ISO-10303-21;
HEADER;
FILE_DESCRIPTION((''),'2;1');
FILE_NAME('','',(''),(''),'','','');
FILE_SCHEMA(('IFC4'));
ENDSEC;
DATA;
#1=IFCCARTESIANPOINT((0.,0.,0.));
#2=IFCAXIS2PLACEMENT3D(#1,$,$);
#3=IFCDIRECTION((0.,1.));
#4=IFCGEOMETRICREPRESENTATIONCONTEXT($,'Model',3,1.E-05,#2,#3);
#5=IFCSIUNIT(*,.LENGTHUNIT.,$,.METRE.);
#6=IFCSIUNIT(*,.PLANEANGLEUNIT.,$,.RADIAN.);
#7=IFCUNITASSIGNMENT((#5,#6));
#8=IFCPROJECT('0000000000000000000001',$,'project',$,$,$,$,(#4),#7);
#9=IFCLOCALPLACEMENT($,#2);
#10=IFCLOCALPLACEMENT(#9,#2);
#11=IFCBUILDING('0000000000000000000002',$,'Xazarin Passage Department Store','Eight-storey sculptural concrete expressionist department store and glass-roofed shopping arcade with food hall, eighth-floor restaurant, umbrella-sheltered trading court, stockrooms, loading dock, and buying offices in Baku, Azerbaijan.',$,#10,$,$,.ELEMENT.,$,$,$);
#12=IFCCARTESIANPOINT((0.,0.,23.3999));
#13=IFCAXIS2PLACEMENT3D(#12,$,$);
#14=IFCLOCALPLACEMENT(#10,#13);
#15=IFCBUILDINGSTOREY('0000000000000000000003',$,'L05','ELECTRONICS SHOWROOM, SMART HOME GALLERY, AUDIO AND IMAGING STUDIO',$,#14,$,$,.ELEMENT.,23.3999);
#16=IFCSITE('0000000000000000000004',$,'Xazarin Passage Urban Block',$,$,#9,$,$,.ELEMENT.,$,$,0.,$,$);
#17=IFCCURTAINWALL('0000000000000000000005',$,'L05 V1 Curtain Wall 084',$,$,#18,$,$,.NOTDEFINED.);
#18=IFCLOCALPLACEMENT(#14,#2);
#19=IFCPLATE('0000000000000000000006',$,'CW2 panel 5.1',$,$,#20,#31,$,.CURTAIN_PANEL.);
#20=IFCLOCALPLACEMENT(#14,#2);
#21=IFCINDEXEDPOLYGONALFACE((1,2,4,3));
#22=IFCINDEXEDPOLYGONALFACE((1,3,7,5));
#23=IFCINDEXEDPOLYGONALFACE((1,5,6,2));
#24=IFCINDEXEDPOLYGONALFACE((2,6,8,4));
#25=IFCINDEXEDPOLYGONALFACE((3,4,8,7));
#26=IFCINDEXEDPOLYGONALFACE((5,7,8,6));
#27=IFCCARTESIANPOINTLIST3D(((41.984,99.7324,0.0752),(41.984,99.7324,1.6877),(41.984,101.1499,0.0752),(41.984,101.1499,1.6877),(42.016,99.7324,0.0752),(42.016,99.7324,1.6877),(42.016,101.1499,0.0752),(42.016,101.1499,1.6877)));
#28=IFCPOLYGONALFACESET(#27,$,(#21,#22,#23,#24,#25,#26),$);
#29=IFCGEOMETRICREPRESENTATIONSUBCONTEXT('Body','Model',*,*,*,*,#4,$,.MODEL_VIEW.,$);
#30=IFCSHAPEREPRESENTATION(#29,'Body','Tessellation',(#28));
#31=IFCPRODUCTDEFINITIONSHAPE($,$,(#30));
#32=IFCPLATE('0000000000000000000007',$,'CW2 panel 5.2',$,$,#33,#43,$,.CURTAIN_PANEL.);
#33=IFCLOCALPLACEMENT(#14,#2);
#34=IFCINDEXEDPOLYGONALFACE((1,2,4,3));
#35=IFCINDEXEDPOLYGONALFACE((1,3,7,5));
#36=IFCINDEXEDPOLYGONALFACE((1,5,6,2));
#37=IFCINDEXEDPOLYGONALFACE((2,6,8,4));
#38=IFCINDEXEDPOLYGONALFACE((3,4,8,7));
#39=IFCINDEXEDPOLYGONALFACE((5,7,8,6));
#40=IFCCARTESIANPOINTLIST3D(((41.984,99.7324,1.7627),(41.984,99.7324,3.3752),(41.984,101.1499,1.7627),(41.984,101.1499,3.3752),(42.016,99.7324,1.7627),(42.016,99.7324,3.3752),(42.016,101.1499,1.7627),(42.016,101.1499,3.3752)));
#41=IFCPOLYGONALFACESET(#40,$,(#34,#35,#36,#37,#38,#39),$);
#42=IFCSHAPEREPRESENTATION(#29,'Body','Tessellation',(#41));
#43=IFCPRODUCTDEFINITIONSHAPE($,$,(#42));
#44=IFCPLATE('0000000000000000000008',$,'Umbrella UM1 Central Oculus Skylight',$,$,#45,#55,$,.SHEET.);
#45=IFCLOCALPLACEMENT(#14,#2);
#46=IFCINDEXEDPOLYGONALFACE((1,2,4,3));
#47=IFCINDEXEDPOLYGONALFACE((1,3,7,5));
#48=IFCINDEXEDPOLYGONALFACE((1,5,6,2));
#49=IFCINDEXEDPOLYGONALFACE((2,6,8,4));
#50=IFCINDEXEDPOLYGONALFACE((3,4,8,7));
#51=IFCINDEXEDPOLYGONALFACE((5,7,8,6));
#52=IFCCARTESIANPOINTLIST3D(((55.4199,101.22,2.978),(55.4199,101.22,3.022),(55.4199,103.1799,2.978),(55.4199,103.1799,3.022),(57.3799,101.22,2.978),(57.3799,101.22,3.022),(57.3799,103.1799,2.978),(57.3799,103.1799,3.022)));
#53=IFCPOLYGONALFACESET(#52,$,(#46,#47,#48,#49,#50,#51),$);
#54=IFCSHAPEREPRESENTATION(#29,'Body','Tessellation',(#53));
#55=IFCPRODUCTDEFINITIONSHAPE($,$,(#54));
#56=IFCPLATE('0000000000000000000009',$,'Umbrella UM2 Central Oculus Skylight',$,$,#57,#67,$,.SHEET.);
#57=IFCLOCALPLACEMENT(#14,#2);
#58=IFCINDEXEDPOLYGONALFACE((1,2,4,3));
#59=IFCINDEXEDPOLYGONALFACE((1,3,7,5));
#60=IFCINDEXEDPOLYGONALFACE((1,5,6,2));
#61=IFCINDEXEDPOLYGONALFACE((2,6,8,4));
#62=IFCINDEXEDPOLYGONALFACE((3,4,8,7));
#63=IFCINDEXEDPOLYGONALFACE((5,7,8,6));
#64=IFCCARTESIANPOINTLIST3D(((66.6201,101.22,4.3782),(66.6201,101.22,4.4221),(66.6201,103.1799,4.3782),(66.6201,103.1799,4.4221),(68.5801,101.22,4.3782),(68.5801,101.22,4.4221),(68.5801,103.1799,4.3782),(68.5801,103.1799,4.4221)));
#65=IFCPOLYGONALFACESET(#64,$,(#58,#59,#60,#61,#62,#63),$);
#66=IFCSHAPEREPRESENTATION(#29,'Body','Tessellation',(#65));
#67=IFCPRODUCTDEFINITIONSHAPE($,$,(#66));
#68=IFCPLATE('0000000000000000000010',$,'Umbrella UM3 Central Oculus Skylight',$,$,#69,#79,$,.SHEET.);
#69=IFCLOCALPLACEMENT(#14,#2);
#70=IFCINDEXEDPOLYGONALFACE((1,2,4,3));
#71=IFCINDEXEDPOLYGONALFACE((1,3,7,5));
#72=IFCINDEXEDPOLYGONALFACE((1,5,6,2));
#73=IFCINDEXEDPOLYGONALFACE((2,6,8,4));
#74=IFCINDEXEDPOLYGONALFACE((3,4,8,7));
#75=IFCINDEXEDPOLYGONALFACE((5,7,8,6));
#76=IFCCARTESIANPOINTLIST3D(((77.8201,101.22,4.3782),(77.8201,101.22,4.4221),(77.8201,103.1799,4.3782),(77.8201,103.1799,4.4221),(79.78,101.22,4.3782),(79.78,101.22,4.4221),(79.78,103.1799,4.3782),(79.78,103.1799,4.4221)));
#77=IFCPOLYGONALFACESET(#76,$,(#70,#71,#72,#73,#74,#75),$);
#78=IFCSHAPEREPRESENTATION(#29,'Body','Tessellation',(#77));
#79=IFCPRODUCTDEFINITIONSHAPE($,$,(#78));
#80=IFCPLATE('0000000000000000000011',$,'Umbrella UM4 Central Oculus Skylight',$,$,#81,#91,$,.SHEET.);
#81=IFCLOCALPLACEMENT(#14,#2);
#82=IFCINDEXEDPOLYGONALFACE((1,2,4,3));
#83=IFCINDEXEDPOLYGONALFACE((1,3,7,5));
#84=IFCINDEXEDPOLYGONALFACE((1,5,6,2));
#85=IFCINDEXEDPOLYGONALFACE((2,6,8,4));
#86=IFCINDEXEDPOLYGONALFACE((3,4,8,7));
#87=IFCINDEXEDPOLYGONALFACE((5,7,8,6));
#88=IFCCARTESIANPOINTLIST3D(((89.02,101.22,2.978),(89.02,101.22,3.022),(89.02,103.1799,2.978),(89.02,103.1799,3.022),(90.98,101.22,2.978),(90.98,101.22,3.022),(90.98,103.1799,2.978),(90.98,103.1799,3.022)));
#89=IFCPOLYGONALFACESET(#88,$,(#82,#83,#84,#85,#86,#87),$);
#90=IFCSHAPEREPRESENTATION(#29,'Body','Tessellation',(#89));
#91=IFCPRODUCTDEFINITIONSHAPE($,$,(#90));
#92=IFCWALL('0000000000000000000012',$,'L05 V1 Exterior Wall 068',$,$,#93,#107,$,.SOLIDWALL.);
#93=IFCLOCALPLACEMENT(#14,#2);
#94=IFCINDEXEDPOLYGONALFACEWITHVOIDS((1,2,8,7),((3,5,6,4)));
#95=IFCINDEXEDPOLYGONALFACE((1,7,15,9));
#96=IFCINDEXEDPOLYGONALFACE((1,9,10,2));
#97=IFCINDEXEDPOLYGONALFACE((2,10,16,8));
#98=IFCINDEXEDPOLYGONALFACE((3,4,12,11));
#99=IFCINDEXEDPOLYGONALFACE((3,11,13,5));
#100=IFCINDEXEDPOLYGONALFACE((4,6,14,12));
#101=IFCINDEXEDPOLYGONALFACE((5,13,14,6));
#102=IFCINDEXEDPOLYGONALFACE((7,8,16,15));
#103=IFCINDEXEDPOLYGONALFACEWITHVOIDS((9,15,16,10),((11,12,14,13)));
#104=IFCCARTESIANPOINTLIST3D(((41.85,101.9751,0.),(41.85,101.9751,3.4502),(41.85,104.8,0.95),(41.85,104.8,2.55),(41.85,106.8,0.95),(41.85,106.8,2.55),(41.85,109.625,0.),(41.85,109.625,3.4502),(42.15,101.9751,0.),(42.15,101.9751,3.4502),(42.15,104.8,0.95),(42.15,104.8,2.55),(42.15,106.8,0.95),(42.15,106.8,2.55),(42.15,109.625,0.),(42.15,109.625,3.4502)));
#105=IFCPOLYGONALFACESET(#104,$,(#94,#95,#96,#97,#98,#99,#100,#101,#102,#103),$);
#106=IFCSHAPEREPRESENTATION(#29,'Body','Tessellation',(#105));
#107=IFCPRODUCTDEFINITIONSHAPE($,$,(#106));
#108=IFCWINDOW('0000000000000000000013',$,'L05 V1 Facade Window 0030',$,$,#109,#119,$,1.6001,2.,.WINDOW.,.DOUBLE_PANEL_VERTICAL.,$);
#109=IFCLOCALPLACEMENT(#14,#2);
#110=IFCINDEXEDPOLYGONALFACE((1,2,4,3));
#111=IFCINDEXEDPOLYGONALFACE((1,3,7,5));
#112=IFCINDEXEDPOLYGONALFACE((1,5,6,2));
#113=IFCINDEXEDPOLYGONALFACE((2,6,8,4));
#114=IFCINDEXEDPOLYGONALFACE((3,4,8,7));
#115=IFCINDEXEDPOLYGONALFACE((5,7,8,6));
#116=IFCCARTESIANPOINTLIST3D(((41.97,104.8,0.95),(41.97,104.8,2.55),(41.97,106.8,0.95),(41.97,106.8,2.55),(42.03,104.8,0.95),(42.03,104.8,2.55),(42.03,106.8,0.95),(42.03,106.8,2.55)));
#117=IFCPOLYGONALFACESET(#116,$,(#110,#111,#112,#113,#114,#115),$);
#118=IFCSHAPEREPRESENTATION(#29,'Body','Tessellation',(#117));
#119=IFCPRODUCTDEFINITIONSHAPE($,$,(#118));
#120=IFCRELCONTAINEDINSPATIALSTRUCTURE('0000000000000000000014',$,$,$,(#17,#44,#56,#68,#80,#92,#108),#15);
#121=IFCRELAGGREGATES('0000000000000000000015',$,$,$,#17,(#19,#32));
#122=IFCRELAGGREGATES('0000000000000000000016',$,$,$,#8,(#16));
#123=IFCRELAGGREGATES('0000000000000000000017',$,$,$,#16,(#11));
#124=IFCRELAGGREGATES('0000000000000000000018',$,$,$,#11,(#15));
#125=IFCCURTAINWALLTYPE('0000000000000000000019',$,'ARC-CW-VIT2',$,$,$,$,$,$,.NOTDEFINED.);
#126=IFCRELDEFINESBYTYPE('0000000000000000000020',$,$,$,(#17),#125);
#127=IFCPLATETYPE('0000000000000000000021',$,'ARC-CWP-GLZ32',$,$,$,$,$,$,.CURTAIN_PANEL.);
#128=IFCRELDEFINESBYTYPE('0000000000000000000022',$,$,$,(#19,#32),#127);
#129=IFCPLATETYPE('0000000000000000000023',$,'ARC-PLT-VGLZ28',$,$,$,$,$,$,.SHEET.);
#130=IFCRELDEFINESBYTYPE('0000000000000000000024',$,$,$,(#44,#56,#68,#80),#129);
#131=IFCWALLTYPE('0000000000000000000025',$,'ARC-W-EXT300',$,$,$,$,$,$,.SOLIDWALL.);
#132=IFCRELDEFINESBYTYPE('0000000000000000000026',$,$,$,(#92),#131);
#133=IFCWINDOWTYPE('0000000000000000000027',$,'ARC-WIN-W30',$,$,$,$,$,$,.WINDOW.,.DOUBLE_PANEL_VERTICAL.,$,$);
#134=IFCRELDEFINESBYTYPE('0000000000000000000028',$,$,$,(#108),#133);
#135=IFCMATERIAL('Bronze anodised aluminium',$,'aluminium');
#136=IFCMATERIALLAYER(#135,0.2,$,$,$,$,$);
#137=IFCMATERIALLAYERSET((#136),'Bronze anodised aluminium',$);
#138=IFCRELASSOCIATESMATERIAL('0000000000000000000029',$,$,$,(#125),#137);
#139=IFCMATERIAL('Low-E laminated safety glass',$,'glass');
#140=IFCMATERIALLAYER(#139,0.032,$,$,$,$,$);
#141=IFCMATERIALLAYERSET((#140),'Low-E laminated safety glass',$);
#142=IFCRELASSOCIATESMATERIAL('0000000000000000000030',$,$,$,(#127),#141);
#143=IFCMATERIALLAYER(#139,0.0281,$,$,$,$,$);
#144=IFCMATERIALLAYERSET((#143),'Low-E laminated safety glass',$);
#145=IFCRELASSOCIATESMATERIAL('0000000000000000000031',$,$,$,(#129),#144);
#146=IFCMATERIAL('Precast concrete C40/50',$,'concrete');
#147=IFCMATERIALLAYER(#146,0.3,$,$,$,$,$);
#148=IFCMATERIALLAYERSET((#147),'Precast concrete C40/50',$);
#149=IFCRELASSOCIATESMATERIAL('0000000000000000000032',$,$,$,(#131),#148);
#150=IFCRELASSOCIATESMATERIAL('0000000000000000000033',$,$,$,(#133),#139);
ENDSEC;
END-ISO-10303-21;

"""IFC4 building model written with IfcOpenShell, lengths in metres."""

from ifc_helpers import new_model, si_unit, direction, frame, frame_2d, origin, origin_2d, place, context, subcontext, project, spatial, rectangle, extrude, material, layer, layer_set, type_object, element, fill, aggregate, save


model = new_model("IFC4")

# Units and contexts
model_context = context("Model", 3, precision=1e-05, world=origin(), true_north=direction((0.0, 1.0)))
body_context = subcontext(model_context, "Body", "Model", "MODEL_VIEW")
ifc_project = project(units=[si_unit("LENGTHUNIT", "METRE"), si_unit("PLANEANGLEUNIT", "RADIAN")], contexts=[model_context])

# Site, building, storey
site_placement = place(None, origin())
site = spatial("IfcSite", under=ifc_project, at=site_placement, Name="Xazarin Passage Urban Block", CompositionType="ELEMENT", RefElevation=0.0)
building_placement = place(site_placement, origin())
building = spatial("IfcBuilding", under=site, at=building_placement, Name="Xazarin Passage Department Store", Description="Eight-storey sculptural concrete expressionist department store and glass-roofed shopping arcade with food hall, eighth-floor restaurant, umbrella-sheltered trading court, stockrooms, loading dock, and buying offices in Baku, Azerbaijan.", CompositionType="ELEMENT")
storey_placement = place(building_placement, frame((0.0, 0.0, 23.3999)))
storey = spatial("IfcBuildingStorey", under=building, at=storey_placement, Name="L05", Description="ELECTRONICS SHOWROOM, SMART HOME GALLERY, AUDIO AND IMAGING STUDIO", CompositionType="ELEMENT", Elevation=23.3999)

# Curtain wall
ifc_material_1 = material(Name="Bronze anodised aluminium", Category="aluminium")
ifc_layer_1 = layer(ifc_material_1, 0.2)
ifc_layer_set_1 = layer_set([ifc_layer_1], Name="Bronze anodised aluminium")
curtain_wall_type = type_object("IfcCurtainWallType", Name="ARC-CW-VIT2", PredefinedType="NOTDEFINED", material=ifc_layer_set_1)
curtain_wall_placement = place(storey_placement, origin())
curtain_wall = element("IfcCurtainWall", 1, at=curtain_wall_placement, inside=storey, type_object=curtain_wall_type, Name="L05 V1 Curtain Wall 084", PredefinedType="NOTDEFINED")

# Plates
ifc_material_2 = material(Name="Low-E laminated safety glass", Category="glass")
ifc_layer_2 = layer(ifc_material_2, 0.032)
ifc_layer_set_2 = layer_set([ifc_layer_2], Name="Low-E laminated safety glass")
plate_type_1 = type_object("IfcPlateType", Name="ARC-CWP-GLZ32", PredefinedType="CURTAIN_PANEL", material=ifc_layer_set_2)
plate_1_placement = place(storey_placement, frame((42.0, 100.4412, 0.0752), z_axis=(0.0, 0.0, 1.0), x_axis=(0.0, 1.0, 0.0)))
plate_1 = element("IfcPlate", 2, at=plate_1_placement, type_object=plate_type_1, Name="CW2 panel 5.1", PredefinedType="CURTAIN_PANEL", context=body_context, shape_type="SweptSolid", body=[
    extrude(rectangle(XDim=1.4175, YDim=0.032, at=origin_2d()), origin(), (0.0, 0.0, 1.0), 1.6125),
])
plate_2_placement = place(storey_placement, frame((42.0, 100.4412, 1.7627), z_axis=(0.0, 0.0, 1.0), x_axis=(0.0, 1.0, 0.0)))
plate_2 = element("IfcPlate", 3, at=plate_2_placement, type_object=plate_type_1, Name="CW2 panel 5.2", PredefinedType="CURTAIN_PANEL", context=body_context, shape_type="SweptSolid", body=[
    extrude(rectangle(XDim=1.4175, YDim=0.032, at=origin_2d()), origin(), (0.0, 0.0, 1.0), 1.6125),
])
aggregate(curtain_wall, [plate_1, plate_2])

# Plates
ifc_layer_3 = layer(ifc_material_2, 0.0281)
ifc_layer_set_3 = layer_set([ifc_layer_3], Name="Low-E laminated safety glass")
plate_type_2 = type_object("IfcPlateType", Name="ARC-PLT-VGLZ28", PredefinedType="SHEET", material=ifc_layer_set_3)
for number, where, z_axis, x_axis, name in (
    (4, (56.3999, 102.2, 2.978), (0.0, 0.0, 1.0), (1.0, 0.0, 0.0), "Umbrella UM1 Central Oculus Skylight"),
    (5, (67.6001, 102.2, 4.3782), (0.0, 0.0, 1.0), (1.0, 0.0, 0.0), "Umbrella UM2 Central Oculus Skylight"),
    (6, (78.8, 102.2, 4.3782), (0.0, 0.0, 1.0), (1.0, 0.0, 0.0), "Umbrella UM3 Central Oculus Skylight"),
    (7, (90.0, 102.2, 2.978), (0.0, 0.0, 1.0), (1.0, 0.0, 0.0), "Umbrella UM4 Central Oculus Skylight"),
):
    element("IfcPlate", number, at=place(storey_placement, frame(where, z_axis=z_axis, x_axis=x_axis)), inside=storey, type_object=plate_type_2, Name=name, PredefinedType="SHEET", context=body_context, shape_type="SweptSolid", body=[
        extrude(rectangle(XDim=1.96, YDim=1.96, at=origin_2d()), origin(), (0.0, 0.0, 1.0), 0.0439),
    ])

# Wall, opening, window
ifc_material_3 = material(Name="Precast concrete C40/50", Category="concrete")
ifc_layer_4 = layer(ifc_material_3, 0.3)
ifc_layer_set_4 = layer_set([ifc_layer_4], Name="Precast concrete C40/50")
wall_type = type_object("IfcWallType", Name="ARC-W-EXT300", PredefinedType="SOLIDWALL", material=ifc_layer_set_4)
wall_placement = place(storey_placement, frame((42.0, 101.9751, 0.0), z_axis=(0.0, 0.0, 1.0), x_axis=(0.0, 1.0, 0.0)))
wall = element("IfcWall", 8, at=wall_placement, inside=storey, type_object=wall_type, Name="L05 V1 Exterior Wall 068", PredefinedType="SOLIDWALL", context=body_context, shape_type="SweptSolid", body=[
    extrude(rectangle(XDim=7.6499, YDim=0.3, at=frame_2d((3.825, 0.0))), origin(), (0.0, 0.0, 1.0), 3.4502),
])
opening_placement = place(wall_placement, frame((2.825, 0.0, 0.95)))
opening = element("IfcOpeningElement", 9, at=opening_placement, cuts=wall, PredefinedType="OPENING", context=body_context, shape_type="SweptSolid", body=[
    extrude(rectangle(XDim=2.0, YDim=1.6001, at=frame_2d((1.0, 0.8))), frame((0.0, 0.1599, 0.0), z_axis=(0.0, -1.0, 0.0), x_axis=(1.0, 0.0, 0.0)), (0.0, 0.0, 1.0), 0.3201),
])
window_type = type_object("IfcWindowType", Name="ARC-WIN-W30", PartitioningType="DOUBLE_PANEL_VERTICAL", PredefinedType="WINDOW", material=ifc_material_2)
window_placement = place(opening_placement, origin())
window = element("IfcWindow", 10, at=window_placement, inside=storey, type_object=window_type, Name="L05 V1 Facade Window 0030", OverallHeight=1.6001, OverallWidth=2.0, PartitioningType="DOUBLE_PANEL_VERTICAL", PredefinedType="WINDOW", context=body_context, shape_type="SweptSolid", body=[
    extrude(rectangle(XDim=2.0, YDim=1.6001, at=frame_2d((1.0, 0.8))), frame((0.0, 0.03, 0.0), z_axis=(0.0, -1.0, 0.0), x_axis=(1.0, 0.0, 0.0)), (0.0, 0.0, 1.0), 0.0601),
])
fill(opening, window)

save(model, "model.ifc")
